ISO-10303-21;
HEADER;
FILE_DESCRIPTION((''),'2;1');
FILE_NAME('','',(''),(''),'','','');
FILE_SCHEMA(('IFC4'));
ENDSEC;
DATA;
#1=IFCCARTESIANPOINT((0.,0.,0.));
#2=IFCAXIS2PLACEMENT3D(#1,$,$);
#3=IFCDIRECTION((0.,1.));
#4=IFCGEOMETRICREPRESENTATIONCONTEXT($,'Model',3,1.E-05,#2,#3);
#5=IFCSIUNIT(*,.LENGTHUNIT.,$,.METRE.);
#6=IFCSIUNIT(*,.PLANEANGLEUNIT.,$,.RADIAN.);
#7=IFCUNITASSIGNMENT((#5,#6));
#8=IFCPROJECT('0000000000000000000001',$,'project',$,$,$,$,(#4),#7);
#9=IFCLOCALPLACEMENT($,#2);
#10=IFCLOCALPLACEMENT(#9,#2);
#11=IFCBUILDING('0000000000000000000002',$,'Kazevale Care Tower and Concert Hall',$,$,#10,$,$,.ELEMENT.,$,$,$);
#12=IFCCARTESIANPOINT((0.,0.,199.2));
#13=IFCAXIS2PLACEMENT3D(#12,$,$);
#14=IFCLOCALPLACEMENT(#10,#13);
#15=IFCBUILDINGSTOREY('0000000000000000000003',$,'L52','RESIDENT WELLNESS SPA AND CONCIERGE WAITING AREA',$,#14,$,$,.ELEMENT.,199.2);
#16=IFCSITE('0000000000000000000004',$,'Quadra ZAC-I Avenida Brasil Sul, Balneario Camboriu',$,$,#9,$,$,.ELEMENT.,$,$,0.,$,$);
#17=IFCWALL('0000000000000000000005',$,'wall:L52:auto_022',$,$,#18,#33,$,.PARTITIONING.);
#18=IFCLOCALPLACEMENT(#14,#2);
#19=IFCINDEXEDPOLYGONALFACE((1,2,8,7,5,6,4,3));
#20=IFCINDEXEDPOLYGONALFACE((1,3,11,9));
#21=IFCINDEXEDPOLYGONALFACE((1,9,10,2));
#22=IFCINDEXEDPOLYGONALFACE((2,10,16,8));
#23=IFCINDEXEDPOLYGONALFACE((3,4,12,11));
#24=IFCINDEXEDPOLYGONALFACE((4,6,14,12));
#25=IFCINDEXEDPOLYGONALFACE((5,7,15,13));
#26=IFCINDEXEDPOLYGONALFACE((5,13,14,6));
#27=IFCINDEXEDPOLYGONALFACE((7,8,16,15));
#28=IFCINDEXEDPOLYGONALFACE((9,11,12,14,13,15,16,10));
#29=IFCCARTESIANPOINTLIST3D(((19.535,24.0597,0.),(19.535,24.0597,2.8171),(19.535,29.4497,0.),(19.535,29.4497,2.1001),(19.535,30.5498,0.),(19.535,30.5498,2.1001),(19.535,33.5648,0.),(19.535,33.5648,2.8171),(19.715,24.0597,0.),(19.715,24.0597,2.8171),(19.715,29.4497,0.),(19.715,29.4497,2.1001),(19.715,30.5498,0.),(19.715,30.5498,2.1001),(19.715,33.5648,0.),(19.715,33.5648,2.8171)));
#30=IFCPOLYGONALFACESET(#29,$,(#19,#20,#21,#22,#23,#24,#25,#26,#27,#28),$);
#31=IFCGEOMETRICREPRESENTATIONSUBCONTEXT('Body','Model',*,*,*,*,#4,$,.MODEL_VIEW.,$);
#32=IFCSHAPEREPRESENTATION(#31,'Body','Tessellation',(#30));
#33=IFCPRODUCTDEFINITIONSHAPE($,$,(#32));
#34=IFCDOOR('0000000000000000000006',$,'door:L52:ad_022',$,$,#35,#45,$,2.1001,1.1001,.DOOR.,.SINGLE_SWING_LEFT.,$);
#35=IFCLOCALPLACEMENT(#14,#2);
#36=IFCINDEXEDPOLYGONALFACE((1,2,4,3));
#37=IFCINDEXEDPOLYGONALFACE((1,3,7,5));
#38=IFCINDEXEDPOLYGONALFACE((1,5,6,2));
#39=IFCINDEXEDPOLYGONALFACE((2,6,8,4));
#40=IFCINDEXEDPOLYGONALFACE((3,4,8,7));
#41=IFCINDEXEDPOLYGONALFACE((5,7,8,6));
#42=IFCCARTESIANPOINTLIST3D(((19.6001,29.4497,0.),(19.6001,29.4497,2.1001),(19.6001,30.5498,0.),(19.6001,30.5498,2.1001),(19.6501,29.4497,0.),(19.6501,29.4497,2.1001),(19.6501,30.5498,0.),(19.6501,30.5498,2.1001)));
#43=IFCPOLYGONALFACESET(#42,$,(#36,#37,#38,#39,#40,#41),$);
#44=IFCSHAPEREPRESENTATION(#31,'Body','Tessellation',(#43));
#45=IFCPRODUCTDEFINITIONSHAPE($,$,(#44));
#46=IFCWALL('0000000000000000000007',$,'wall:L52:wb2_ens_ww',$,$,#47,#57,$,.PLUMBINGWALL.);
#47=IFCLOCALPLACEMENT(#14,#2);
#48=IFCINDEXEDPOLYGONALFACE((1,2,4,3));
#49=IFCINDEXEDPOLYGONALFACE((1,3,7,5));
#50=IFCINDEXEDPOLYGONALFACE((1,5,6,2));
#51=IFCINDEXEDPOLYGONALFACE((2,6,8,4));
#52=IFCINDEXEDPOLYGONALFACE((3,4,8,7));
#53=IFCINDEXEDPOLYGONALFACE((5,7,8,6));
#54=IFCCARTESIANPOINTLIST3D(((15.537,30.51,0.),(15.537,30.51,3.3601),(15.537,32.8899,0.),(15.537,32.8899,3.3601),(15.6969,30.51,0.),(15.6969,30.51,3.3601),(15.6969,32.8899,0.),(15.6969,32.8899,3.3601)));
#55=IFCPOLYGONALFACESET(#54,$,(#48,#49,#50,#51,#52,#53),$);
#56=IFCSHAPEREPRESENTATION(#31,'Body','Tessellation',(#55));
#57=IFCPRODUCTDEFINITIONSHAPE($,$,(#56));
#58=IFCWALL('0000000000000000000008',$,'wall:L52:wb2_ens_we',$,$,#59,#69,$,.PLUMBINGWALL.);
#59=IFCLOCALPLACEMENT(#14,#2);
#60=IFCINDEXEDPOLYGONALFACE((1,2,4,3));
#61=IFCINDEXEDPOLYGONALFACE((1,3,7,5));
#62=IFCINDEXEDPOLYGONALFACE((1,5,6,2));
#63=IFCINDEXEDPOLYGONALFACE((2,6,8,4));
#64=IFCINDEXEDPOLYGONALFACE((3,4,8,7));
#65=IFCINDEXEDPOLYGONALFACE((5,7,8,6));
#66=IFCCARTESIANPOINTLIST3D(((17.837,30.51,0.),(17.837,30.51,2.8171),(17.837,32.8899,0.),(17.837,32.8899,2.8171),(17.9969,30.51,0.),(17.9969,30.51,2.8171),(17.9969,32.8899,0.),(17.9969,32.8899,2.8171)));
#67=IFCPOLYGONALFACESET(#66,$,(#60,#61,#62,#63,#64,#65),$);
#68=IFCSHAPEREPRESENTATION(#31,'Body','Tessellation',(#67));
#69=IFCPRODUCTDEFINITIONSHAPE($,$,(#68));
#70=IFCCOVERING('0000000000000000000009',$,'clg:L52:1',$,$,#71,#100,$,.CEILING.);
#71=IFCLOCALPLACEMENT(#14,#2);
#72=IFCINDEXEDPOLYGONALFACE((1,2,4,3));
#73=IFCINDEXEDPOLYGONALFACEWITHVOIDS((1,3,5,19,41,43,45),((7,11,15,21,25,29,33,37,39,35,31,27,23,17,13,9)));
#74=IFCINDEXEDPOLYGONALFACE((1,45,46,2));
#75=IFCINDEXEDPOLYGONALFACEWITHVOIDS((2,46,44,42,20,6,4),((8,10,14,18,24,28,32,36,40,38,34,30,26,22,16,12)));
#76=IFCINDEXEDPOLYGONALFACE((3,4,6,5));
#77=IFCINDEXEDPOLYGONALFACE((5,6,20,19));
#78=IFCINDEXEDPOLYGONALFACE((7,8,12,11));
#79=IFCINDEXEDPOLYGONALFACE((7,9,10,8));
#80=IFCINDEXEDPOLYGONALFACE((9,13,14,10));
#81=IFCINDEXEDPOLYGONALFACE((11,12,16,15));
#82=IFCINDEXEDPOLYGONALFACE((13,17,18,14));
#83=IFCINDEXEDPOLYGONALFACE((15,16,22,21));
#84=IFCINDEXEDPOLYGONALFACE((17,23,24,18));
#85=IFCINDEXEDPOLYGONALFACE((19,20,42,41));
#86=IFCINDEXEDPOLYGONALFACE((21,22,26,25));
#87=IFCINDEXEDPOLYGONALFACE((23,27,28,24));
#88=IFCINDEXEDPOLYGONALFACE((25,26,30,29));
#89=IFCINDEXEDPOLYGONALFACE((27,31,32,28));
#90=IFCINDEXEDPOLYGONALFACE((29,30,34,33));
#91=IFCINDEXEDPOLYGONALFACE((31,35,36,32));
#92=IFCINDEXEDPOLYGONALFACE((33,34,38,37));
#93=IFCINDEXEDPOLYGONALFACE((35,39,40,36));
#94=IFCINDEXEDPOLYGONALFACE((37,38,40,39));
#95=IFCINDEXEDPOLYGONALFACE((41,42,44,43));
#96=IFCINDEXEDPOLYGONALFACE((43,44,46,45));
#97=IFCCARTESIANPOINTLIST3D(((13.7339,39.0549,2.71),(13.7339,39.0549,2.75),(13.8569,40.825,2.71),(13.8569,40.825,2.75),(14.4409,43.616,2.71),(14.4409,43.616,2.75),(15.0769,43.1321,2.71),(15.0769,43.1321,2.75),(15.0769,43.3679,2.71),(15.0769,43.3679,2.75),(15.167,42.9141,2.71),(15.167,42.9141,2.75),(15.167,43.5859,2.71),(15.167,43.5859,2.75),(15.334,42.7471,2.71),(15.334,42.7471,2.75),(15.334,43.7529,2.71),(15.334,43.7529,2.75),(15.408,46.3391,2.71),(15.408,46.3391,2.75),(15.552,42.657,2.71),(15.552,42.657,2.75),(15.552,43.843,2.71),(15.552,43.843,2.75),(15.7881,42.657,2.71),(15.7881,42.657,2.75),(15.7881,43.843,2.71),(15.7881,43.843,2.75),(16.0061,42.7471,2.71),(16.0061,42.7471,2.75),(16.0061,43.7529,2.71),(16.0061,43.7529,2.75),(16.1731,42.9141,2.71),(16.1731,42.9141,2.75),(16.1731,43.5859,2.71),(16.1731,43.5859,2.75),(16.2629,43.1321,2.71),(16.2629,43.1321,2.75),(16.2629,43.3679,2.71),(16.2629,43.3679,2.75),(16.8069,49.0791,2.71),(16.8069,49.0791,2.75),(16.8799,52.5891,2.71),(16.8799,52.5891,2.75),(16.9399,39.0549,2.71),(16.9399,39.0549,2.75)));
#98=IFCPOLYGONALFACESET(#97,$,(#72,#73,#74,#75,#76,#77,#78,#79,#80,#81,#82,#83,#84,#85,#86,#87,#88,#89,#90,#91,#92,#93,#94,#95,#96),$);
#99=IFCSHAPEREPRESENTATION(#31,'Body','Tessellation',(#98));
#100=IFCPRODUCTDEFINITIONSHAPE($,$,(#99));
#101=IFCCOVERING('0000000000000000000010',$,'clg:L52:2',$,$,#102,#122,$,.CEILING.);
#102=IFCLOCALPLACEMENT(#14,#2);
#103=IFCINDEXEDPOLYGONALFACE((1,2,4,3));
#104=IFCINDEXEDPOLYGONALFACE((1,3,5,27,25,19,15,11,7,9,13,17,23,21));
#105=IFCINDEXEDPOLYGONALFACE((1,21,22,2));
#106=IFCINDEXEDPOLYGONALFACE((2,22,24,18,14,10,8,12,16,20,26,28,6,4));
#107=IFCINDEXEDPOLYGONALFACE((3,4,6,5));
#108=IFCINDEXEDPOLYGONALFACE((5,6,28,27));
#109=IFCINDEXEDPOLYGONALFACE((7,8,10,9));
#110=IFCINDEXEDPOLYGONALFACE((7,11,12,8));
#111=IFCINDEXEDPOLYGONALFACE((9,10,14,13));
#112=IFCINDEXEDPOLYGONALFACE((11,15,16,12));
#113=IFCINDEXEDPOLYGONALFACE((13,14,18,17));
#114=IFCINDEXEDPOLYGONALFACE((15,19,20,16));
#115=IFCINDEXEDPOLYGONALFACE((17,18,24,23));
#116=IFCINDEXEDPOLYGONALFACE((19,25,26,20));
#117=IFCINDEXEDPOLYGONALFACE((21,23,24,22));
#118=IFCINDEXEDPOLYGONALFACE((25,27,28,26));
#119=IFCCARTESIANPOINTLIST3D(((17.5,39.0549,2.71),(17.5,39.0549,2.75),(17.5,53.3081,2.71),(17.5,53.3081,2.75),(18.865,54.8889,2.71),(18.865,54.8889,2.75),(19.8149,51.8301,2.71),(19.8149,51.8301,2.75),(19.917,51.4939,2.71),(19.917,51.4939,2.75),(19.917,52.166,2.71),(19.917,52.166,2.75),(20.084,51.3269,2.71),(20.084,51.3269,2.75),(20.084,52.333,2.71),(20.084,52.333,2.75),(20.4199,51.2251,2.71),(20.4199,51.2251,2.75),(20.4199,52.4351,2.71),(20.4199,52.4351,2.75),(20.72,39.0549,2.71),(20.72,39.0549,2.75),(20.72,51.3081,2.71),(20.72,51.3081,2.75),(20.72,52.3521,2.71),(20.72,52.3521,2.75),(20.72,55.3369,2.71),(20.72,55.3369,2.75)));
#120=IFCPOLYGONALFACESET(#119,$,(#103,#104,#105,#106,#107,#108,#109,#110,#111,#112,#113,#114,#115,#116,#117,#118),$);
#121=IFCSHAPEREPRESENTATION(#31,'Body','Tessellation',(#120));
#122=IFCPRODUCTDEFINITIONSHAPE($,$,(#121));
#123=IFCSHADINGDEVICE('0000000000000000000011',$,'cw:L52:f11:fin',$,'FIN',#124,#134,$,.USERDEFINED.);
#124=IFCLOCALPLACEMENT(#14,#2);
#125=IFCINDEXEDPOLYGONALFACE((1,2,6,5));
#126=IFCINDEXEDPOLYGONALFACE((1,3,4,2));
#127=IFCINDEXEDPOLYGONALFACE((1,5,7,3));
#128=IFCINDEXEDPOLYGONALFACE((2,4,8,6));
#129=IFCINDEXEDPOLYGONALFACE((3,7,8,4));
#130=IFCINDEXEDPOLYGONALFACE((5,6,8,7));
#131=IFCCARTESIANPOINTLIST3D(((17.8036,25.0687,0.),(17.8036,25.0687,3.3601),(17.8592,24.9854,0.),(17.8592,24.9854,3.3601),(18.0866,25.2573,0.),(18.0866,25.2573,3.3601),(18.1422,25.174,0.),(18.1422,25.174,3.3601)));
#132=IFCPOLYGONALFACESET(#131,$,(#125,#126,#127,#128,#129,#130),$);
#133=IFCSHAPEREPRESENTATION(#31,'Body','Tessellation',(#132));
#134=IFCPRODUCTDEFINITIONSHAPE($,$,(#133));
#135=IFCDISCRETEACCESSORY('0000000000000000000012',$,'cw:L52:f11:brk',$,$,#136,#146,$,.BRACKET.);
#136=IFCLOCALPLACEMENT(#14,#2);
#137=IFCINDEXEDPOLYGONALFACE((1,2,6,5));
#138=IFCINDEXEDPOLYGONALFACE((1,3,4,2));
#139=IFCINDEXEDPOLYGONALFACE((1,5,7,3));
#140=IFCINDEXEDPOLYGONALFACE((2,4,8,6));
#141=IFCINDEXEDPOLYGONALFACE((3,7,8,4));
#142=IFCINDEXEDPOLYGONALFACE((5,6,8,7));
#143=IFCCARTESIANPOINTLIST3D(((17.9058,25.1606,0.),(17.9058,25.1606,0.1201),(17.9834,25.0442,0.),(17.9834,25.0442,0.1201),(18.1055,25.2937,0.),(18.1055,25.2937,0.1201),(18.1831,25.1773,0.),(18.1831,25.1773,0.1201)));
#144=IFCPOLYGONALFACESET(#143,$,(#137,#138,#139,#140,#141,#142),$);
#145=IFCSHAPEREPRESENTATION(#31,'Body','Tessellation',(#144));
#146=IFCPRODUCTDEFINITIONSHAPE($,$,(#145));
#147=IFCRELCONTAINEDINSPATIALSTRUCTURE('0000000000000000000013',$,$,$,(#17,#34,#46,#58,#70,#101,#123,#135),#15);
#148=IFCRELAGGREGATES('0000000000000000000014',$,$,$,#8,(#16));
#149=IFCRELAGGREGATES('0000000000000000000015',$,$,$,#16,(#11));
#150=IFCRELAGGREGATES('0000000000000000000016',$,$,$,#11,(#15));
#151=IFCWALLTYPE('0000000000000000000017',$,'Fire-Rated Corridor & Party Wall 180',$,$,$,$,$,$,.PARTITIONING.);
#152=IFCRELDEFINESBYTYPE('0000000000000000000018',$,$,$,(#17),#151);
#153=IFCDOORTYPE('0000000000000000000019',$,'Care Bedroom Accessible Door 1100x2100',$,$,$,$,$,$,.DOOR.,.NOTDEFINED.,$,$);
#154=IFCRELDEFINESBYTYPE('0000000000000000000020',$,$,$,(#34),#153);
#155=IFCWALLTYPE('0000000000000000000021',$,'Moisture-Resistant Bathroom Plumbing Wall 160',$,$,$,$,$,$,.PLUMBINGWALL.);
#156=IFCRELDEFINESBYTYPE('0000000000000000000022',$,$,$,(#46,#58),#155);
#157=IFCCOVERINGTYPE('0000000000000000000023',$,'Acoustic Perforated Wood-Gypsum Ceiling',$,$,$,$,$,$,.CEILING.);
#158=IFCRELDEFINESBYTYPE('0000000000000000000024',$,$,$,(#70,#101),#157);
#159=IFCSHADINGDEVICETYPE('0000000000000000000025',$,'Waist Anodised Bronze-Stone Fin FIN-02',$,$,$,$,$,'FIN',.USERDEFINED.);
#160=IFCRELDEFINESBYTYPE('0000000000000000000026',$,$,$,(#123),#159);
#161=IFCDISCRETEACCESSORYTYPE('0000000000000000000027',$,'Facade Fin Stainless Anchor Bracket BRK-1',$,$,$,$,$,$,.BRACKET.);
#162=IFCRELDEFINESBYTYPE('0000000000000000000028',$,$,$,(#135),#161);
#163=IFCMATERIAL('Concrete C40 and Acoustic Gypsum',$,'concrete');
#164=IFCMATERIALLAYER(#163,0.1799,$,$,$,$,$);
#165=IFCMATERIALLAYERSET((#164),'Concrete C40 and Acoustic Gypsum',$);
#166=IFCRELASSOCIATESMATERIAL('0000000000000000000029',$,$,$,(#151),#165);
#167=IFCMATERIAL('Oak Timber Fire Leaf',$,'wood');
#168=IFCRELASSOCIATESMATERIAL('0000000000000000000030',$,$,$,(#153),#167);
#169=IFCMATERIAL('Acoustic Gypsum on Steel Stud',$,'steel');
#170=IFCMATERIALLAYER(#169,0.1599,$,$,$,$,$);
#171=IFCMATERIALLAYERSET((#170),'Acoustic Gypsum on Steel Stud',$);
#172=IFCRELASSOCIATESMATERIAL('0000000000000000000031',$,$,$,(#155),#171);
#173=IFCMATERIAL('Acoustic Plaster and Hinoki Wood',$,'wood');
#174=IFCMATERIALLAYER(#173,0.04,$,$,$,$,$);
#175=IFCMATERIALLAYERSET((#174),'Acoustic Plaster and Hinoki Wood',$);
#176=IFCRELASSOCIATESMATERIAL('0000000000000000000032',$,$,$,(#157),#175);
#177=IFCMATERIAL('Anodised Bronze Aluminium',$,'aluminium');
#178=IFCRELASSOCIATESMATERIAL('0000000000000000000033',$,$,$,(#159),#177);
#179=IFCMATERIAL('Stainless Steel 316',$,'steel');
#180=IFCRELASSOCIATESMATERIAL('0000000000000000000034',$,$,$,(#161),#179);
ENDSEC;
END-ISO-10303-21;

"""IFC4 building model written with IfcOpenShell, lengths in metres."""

from ifc_helpers import new_model, si_unit, direction, frame, frame_2d, origin, origin_2d, place, context, subcontext, project, spatial, polyline, rectangle, outline, extrude, material, layer, layer_set, type_object, element, fill, save


model = new_model("IFC4")

# Units and contexts
model_context = context("Model", 3, precision=1e-05, world=origin(), true_north=direction((0.0, 1.0)))
body_context = subcontext(model_context, "Body", "Model", "MODEL_VIEW")
ifc_project = project(units=[si_unit("LENGTHUNIT", "METRE"), si_unit("PLANEANGLEUNIT", "RADIAN")], contexts=[model_context])

# Site, building, storey
site_placement = place(None, origin())
site = spatial("IfcSite", under=ifc_project, at=site_placement, Name="Quadra ZAC-I Avenida Brasil Sul, Balneario Camboriu", CompositionType="ELEMENT", RefElevation=0.0)
building_placement = place(site_placement, origin())
building = spatial("IfcBuilding", under=site, at=building_placement, Name="Kazevale Care Tower and Concert Hall", CompositionType="ELEMENT")
storey_placement = place(building_placement, frame((0.0, 0.0, 199.2)))
storey = spatial("IfcBuildingStorey", under=building, at=storey_placement, Name="L52", Description="RESIDENT WELLNESS SPA AND CONCIERGE WAITING AREA", CompositionType="ELEMENT", Elevation=199.2)

# Wall, opening, door
ifc_material_1 = material(Name="Concrete C40 and Acoustic Gypsum", Category="concrete")
ifc_layer_1 = layer(ifc_material_1, 0.1799)
ifc_layer_set_1 = layer_set([ifc_layer_1], Name="Concrete C40 and Acoustic Gypsum")
wall_type_1 = type_object("IfcWallType", Name="Fire-Rated Corridor & Party Wall 180", PredefinedType="PARTITIONING", material=ifc_layer_set_1)
wall_1_placement = place(storey_placement, frame((19.625, 24.0598, 0.0), z_axis=(0.0, 0.0, 1.0), x_axis=(0.0, 1.0, 0.0)))
wall_1 = element("IfcWall", 1, at=wall_1_placement, inside=storey, type_object=wall_type_1, Name="wall:L52:auto_022", PredefinedType="PARTITIONING", context=body_context, shape_type="SweptSolid", body=[
    extrude(rectangle(XDim=9.5051, YDim=0.1799, at=frame_2d((4.7524, 0.0))), origin(), (0.0, 0.0, 1.0), 2.8171),
])
opening_1_placement = place(wall_1_placement, frame((5.3899, 0.0, 0.0)))
opening_1 = element("IfcOpeningElement", 2, at=opening_1_placement, cuts=wall_1, PredefinedType="OPENING", context=body_context, shape_type="SweptSolid", body=[
    extrude(rectangle(XDim=1.1001, YDim=2.1001, at=frame_2d((0.55, 1.05))), frame((0.0, 0.0999, 0.0), z_axis=(0.0, -1.0, 0.0), x_axis=(1.0, 0.0, 0.0)), (0.0, 0.0, 1.0), 0.2),
])
ifc_material_2 = material(Name="Oak Timber Fire Leaf", Category="wood")
door_type_1 = type_object("IfcDoorType", Name="Care Bedroom Accessible Door 1100x2100", OperationType="NOTDEFINED", PredefinedType="DOOR", material=ifc_material_2)
door_1_placement = place(opening_1_placement, origin())
door_1 = element("IfcDoor", 3, at=door_1_placement, inside=storey, type_object=door_type_1, Name="door:L52:ad_022", OperationType="SINGLE_SWING_LEFT", OverallHeight=2.1001, OverallWidth=1.1001, PredefinedType="DOOR", context=body_context, shape_type="SweptSolid", body=[
    extrude(rectangle(XDim=1.1001, YDim=2.1001, at=frame_2d((0.55, 1.05))), frame((0.0, 0.0249, 0.0), z_axis=(0.0, -1.0, 0.0), x_axis=(1.0, 0.0, 0.0)), (0.0, 0.0, 1.0), 0.05),
])
fill(opening_1, door_1)

# Walls
ifc_material_3 = material(Name="Acoustic Gypsum on Steel Stud", Category="steel")
ifc_layer_2 = layer(ifc_material_3, 0.1599)
ifc_layer_set_2 = layer_set([ifc_layer_2], Name="Acoustic Gypsum on Steel Stud")
wall_type_2 = type_object("IfcWallType", Name="Moisture-Resistant Bathroom Plumbing Wall 160", PredefinedType="PLUMBINGWALL", material=ifc_layer_set_2)
wall_2_placement = place(storey_placement, frame((15.6169, 30.51, 0.0), z_axis=(0.0, 0.0, 1.0), x_axis=(0.0, 1.0, 0.0)))
element("IfcWall", 4, at=wall_2_placement, inside=storey, type_object=wall_type_2, Name="wall:L52:wb2_ens_ww", PredefinedType="PLUMBINGWALL", context=body_context, shape_type="SweptSolid", body=[
    extrude(rectangle(XDim=2.3799, YDim=0.1599, at=frame_2d((1.1899, 0.0))), origin(), (0.0, 0.0, 1.0), 3.3601),
])
wall_3_placement = place(storey_placement, frame((17.917, 30.51, 0.0), z_axis=(0.0, 0.0, 1.0), x_axis=(0.0, 1.0, 0.0)))
element("IfcWall", 5, at=wall_3_placement, inside=storey, type_object=wall_type_2, Name="wall:L52:wb2_ens_we", PredefinedType="PLUMBINGWALL", context=body_context, shape_type="SweptSolid", body=[
    extrude(rectangle(XDim=2.3799, YDim=0.1599, at=frame_2d((1.1899, 0.0))), origin(), (0.0, 0.0, 1.0), 2.8171),
])

# Coverings
ifc_material_4 = material(Name="Acoustic Plaster and Hinoki Wood", Category="wood")
ifc_layer_3 = layer(ifc_material_4, 0.04)
ifc_layer_set_3 = layer_set([ifc_layer_3], Name="Acoustic Plaster and Hinoki Wood")
covering_type = type_object("IfcCoveringType", Name="Acoustic Perforated Wood-Gypsum Ceiling", PredefinedType="CEILING", material=ifc_layer_set_3)
covering_1_placement = place(storey_placement, frame((0.0, 0.0, 2.71)))
element("IfcCovering", 6, at=covering_1_placement, inside=storey, type_object=covering_type, Name="clg:L52:1", PredefinedType="CEILING", context=body_context, shape_type="SweptSolid", body=[
    extrude(outline(polyline([(15.408, 46.3391), (16.8069, 49.0791), (16.8799, 52.5891), (16.9399, 39.0549), (13.7339, 39.0549), (13.8569, 40.825), (14.4409, 43.616), (15.408, 46.3391)]), holes=[polyline([(16.2629, 43.3679), (16.1731, 43.5859), (16.0061, 43.7529), (15.7881, 43.843), (15.552, 43.843), (15.334, 43.7529), (15.167, 43.5859), (15.0769, 43.3679), (15.0769, 43.1321), (15.167, 42.9141), (15.334, 42.7471), (15.552, 42.657), (15.7881, 42.657), (16.0061, 42.7471), (16.1731, 42.9141), (16.2629, 43.1321), (16.2629, 43.3679)])]), origin(), (0.0, 0.0, 1.0), 0.04),
])
covering_2_placement = place(storey_placement, frame((0.0, 0.0, 2.71)))
element("IfcCovering", 7, at=covering_2_placement, inside=storey, type_object=covering_type, Name="clg:L52:2", PredefinedType="CEILING", context=body_context, shape_type="SweptSolid", body=[
    extrude(outline(polyline([(17.5, 39.0549), (17.5, 53.3081), (18.865, 54.8889), (20.72, 55.3369), (20.72, 52.3521), (20.4199, 52.4351), (20.084, 52.333), (19.917, 52.166), (19.8149, 51.8301), (19.917, 51.4939), (20.084, 51.3269), (20.4199, 51.2251), (20.72, 51.3081), (20.72, 39.0549), (17.5, 39.0549)])), origin(), (0.0, 0.0, 1.0), 0.04),
])

# Shading device
ifc_material_5 = material(Name="Anodised Bronze Aluminium", Category="aluminium")
shading_device_type = type_object("IfcShadingDeviceType", Name="Waist Anodised Bronze-Stone Fin FIN-02", ElementType="FIN", PredefinedType="USERDEFINED", material=ifc_material_5)
shading_device_placement = place(storey_placement, frame((17.9729, 25.1213, 0.0), z_axis=(0.0, 0.0, 1.0), x_axis=(-0.832148, -0.554554, 0.0)))
element("IfcShadingDevice", 8, at=shading_device_placement, inside=storey, type_object=shading_device_type, Name="cw:L52:f11:fin", ObjectType="FIN", PredefinedType="USERDEFINED", context=body_context, shape_type="SweptSolid", body=[
    extrude(rectangle(XDim=0.3401, YDim=0.1001, at=origin_2d()), origin(), (0.0, 0.0, 1.0), 3.3601),
])

# Discrete accessory
ifc_material_6 = material(Name="Stainless Steel 316", Category="steel")
discrete_accessory_type = type_object("IfcDiscreteAccessoryType", Name="Facade Fin Stainless Anchor Bracket BRK-1", PredefinedType="BRACKET", material=ifc_material_6)
discrete_accessory_placement = place(storey_placement, frame((18.0444, 25.1689, 0.0), z_axis=(0.0, 0.0, 1.0), x_axis=(-0.832148, -0.554554, 0.0)))
element("IfcDiscreteAccessory", 9, at=discrete_accessory_placement, inside=storey, type_object=discrete_accessory_type, Name="cw:L52:f11:brk", PredefinedType="BRACKET", context=body_context, shape_type="SweptSolid", body=[
    extrude(rectangle(XDim=0.24, YDim=0.1399, at=origin_2d()), origin(), (0.0, 0.0, 1.0), 0.1201),
])

save(model, "model.ifc")
